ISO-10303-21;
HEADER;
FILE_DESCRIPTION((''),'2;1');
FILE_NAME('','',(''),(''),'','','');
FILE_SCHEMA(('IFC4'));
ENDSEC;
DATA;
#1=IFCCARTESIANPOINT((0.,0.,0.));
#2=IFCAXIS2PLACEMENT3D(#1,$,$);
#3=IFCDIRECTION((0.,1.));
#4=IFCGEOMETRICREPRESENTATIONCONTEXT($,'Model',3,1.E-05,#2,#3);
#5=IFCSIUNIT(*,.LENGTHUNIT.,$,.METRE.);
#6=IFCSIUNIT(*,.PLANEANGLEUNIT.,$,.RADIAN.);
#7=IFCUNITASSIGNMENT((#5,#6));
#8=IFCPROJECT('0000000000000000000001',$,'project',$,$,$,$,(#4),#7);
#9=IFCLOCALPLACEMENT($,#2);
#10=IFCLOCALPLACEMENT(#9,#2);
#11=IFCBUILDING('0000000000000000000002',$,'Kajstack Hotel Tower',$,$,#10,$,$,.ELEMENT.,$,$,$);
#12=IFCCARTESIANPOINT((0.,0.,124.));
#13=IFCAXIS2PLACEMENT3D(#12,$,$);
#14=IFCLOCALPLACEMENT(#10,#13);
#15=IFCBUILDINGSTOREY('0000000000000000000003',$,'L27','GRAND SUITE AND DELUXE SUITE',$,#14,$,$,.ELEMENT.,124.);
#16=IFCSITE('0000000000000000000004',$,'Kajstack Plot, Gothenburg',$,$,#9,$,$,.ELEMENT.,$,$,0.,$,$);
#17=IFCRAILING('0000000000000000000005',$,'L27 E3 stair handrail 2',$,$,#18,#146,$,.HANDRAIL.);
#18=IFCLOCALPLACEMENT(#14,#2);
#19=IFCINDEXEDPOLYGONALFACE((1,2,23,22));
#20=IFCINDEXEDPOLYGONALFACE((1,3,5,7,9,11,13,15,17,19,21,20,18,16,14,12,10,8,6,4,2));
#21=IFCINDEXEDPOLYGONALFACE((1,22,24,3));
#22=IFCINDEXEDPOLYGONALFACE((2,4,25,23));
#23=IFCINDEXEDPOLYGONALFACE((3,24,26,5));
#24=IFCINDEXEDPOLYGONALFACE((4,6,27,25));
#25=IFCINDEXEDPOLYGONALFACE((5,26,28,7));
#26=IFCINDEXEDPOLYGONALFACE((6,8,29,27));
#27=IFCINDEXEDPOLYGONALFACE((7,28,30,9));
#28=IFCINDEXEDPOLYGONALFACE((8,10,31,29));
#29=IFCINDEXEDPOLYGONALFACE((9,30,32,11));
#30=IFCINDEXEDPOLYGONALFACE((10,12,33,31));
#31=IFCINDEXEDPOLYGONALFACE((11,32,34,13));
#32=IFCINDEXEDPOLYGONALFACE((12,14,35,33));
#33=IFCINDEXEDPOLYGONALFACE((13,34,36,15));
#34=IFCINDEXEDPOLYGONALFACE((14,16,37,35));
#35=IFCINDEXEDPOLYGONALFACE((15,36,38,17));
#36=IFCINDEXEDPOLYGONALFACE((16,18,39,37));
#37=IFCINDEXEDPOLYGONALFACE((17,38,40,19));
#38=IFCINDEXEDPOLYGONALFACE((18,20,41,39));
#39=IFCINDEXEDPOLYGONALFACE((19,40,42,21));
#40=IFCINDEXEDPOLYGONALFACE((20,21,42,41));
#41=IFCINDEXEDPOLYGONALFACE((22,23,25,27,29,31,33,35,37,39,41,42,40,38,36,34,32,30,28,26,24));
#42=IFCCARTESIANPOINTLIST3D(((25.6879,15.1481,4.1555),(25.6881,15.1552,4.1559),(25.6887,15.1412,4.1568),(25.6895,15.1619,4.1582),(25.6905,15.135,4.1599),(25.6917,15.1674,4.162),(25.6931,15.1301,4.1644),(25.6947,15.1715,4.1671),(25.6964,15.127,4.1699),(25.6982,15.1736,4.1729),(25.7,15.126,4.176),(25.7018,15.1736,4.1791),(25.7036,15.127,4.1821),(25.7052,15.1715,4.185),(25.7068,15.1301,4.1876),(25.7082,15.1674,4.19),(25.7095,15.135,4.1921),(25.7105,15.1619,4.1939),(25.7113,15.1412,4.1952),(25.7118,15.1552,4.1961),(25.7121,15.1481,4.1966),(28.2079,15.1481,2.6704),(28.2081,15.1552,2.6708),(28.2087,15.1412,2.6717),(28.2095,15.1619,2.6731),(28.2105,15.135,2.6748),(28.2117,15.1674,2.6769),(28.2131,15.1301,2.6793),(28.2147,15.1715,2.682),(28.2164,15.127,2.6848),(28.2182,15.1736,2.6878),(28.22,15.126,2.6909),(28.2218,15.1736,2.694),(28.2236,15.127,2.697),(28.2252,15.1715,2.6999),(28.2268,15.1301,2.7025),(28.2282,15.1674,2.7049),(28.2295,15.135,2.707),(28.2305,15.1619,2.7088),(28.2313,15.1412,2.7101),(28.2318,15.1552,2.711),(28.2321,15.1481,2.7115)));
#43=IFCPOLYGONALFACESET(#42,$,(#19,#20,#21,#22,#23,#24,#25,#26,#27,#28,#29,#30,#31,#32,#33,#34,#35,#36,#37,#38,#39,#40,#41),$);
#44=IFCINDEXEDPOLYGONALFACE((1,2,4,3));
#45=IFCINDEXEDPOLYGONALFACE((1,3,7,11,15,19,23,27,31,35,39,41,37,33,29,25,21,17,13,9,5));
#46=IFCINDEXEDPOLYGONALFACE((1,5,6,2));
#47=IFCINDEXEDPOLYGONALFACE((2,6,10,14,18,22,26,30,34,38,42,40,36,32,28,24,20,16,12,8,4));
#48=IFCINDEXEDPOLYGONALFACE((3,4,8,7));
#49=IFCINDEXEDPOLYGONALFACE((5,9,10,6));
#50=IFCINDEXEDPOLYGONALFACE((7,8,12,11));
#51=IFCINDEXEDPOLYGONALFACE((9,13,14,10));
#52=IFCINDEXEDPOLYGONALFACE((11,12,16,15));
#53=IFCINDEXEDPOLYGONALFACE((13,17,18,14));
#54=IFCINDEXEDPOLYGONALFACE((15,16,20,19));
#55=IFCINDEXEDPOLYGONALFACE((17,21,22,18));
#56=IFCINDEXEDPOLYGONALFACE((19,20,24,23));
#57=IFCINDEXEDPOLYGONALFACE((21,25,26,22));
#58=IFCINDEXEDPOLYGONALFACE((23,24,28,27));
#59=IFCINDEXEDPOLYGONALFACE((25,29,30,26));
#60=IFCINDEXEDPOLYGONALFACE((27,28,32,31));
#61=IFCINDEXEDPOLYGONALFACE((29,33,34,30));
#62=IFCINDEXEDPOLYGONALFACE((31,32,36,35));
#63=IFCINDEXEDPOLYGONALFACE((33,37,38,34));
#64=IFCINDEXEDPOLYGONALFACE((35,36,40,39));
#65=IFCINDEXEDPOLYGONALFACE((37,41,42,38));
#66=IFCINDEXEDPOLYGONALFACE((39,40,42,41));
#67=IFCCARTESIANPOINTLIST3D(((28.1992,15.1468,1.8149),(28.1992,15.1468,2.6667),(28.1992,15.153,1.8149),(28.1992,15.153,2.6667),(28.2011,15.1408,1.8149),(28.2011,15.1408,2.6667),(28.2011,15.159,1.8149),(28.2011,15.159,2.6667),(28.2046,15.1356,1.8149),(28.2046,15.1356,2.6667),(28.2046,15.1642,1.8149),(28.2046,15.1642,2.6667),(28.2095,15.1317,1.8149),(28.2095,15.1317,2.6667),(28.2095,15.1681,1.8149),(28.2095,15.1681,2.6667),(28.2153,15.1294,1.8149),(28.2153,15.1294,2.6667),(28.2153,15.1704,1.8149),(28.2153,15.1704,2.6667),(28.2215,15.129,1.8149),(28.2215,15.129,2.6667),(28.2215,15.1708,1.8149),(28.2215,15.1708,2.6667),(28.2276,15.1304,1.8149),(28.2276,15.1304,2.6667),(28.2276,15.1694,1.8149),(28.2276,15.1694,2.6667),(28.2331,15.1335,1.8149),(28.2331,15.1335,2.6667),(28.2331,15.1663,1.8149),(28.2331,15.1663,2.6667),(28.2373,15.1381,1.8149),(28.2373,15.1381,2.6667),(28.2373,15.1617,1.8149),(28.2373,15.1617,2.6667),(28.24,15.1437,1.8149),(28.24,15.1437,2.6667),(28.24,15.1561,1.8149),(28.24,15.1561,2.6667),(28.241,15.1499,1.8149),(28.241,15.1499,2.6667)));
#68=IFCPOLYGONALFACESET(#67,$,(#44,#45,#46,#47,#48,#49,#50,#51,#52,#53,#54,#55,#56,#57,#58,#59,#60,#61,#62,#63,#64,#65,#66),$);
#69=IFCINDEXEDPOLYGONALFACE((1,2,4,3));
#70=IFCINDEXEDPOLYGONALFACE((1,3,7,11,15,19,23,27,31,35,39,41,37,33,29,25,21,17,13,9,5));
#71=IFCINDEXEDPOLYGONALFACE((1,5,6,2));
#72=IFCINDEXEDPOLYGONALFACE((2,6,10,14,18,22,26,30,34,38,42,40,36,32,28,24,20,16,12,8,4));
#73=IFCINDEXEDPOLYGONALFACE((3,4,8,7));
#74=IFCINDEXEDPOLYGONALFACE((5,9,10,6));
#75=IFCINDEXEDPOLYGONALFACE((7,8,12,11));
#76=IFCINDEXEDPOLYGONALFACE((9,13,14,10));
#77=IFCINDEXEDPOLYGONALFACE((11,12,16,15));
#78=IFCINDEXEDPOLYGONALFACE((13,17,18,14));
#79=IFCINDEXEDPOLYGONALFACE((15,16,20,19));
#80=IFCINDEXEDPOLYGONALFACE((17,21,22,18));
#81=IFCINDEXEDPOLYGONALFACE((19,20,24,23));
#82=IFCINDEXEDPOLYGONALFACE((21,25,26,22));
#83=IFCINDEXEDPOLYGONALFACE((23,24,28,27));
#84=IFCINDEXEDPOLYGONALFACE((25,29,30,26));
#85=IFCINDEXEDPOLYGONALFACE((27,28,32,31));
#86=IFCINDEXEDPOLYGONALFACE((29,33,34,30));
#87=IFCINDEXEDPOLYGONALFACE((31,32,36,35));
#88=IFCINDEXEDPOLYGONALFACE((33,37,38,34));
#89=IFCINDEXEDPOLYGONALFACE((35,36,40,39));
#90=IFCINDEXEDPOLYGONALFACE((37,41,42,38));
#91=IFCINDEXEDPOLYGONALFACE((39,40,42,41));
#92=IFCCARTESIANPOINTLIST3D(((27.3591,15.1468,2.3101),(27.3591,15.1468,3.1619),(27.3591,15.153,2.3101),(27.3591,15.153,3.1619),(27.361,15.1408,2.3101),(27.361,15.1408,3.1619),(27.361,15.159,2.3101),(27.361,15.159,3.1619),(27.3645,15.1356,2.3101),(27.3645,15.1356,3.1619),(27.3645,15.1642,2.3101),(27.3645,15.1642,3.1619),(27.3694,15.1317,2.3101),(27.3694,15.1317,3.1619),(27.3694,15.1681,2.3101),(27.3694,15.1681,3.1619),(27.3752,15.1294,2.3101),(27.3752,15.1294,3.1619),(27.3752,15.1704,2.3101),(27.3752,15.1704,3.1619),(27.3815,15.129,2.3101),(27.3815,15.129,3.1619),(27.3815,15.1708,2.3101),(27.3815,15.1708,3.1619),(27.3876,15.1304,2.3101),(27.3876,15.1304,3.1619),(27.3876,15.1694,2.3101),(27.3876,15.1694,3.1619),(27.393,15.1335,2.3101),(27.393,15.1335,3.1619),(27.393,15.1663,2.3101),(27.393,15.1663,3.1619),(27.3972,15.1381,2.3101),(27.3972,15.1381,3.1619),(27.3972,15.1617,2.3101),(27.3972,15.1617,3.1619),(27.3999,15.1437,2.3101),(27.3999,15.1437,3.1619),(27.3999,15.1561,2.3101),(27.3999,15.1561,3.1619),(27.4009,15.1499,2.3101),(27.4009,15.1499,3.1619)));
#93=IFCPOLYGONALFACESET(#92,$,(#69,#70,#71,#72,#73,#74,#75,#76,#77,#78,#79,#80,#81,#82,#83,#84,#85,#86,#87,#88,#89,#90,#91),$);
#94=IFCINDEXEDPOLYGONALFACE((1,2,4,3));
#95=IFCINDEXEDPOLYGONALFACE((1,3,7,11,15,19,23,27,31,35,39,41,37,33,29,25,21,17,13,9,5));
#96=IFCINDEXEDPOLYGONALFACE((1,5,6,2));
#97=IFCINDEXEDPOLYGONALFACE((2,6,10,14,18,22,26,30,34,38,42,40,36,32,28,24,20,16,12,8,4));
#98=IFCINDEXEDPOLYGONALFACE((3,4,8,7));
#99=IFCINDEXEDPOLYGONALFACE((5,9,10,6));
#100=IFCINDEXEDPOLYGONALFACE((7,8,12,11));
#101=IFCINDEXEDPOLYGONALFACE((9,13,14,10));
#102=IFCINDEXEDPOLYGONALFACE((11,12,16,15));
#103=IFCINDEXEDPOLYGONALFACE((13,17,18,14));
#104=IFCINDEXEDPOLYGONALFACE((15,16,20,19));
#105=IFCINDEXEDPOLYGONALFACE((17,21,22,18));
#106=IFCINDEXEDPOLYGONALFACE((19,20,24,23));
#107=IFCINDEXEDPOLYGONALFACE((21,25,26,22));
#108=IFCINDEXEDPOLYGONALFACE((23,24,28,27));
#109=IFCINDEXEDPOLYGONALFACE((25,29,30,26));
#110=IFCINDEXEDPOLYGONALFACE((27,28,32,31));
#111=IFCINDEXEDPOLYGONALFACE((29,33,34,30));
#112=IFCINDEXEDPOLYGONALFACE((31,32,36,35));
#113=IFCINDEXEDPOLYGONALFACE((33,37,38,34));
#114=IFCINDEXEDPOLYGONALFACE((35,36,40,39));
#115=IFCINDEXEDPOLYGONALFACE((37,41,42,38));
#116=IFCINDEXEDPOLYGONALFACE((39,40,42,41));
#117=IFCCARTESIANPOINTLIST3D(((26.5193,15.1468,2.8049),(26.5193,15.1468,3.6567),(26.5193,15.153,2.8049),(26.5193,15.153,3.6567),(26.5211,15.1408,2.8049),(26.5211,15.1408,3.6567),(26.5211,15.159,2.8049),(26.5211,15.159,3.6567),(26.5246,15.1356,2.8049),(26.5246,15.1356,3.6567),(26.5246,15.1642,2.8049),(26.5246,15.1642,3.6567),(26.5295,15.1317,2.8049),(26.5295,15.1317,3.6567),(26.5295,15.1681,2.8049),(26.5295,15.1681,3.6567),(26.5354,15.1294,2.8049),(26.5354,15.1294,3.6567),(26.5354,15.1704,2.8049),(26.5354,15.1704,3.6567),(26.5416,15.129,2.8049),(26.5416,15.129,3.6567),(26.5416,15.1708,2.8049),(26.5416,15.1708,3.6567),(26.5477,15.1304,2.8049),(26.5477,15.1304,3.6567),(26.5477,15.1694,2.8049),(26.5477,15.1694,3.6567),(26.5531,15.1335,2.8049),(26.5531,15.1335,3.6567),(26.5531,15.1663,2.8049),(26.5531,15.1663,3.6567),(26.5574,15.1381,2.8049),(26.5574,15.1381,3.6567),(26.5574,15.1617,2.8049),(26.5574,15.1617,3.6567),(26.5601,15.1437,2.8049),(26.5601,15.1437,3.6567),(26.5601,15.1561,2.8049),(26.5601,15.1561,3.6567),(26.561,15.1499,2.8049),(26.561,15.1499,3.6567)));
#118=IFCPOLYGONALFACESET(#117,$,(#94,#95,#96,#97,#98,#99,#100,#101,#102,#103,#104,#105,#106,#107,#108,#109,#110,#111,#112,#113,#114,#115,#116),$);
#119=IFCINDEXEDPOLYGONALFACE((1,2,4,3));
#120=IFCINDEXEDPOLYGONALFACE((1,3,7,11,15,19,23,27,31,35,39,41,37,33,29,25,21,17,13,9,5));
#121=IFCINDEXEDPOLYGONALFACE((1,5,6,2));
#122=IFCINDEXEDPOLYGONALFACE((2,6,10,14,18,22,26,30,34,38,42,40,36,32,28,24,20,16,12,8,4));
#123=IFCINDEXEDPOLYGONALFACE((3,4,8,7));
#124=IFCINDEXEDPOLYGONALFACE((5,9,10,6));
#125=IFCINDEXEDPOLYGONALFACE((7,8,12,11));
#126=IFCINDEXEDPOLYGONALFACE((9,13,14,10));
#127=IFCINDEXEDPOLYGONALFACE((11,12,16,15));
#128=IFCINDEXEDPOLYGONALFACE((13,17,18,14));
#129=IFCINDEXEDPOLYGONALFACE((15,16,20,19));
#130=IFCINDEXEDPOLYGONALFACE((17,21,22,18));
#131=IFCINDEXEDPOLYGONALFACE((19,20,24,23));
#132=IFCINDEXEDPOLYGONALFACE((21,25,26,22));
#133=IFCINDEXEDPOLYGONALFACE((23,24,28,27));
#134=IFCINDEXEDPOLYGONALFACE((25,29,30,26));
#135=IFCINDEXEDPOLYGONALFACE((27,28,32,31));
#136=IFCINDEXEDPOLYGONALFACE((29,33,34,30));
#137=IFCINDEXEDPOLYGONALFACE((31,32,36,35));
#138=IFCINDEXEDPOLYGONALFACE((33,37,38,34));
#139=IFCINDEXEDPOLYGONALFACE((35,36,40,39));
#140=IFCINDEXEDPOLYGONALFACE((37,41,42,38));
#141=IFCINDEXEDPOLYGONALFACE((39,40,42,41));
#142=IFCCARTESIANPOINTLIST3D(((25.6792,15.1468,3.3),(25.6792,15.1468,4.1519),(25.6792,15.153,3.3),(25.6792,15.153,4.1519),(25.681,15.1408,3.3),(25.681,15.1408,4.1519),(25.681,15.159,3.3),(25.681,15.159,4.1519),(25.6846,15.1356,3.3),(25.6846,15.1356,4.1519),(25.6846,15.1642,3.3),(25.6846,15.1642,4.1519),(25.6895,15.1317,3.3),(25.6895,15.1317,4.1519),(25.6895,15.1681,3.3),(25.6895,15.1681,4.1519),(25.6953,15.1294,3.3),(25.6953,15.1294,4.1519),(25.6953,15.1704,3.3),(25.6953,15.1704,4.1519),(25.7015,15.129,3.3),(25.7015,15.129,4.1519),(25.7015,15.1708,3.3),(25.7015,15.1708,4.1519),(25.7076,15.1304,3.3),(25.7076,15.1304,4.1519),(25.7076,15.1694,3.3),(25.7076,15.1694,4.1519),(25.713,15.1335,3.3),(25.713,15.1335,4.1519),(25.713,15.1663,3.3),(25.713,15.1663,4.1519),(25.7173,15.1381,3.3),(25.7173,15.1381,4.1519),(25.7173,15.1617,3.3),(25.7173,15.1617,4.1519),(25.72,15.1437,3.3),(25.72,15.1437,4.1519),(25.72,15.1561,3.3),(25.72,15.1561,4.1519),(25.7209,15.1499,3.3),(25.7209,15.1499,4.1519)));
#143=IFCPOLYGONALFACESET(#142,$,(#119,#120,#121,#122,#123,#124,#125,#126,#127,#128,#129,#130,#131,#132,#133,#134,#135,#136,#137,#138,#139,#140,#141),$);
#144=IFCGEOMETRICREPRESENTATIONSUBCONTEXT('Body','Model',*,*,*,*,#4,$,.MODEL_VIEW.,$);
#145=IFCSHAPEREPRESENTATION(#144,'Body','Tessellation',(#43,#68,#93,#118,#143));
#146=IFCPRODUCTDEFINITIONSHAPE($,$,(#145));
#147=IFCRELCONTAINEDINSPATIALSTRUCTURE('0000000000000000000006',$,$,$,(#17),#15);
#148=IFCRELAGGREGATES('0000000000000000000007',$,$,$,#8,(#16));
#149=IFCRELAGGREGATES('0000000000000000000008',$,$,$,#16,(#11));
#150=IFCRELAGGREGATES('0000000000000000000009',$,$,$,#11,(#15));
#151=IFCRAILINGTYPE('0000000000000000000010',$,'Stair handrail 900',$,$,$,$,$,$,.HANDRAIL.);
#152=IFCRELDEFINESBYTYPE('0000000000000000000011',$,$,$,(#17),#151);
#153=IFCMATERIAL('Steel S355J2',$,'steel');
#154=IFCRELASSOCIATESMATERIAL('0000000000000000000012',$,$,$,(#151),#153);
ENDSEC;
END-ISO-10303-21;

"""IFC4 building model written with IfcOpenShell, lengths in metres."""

from ifc_helpers import new_model, si_unit, direction, frame, origin, origin_2d, place, context, subcontext, project, spatial, circle, extrude, material, type_object, element, save


model = new_model("IFC4")

# Units and contexts
model_context = context("Model", 3, precision=1e-05, world=origin(), true_north=direction((0.0, 1.0)))
body_context = subcontext(model_context, "Body", "Model", "MODEL_VIEW")
ifc_project = project(units=[si_unit("LENGTHUNIT", "METRE"), si_unit("PLANEANGLEUNIT", "RADIAN")], contexts=[model_context])

# Site, building, storey
site_placement = place(None, origin())
site = spatial("IfcSite", under=ifc_project, at=site_placement, Name="Kajstack Plot, Gothenburg", CompositionType="ELEMENT", RefElevation=0.0)
building_placement = place(site_placement, origin())
building = spatial("IfcBuilding", under=site, at=building_placement, Name="Kajstack Hotel Tower", CompositionType="ELEMENT")
storey_placement = place(building_placement, frame((0.0, 0.0, 124.0)))
storey = spatial("IfcBuildingStorey", under=building, at=storey_placement, Name="L27", Description="GRAND SUITE AND DELUXE SUITE", CompositionType="ELEMENT", Elevation=124.0)

# Railing
ifc_material_1 = material(Name="Steel S355J2", Category="steel")
railing_type_1 = type_object("IfcRailingType", Name="Stair handrail 900", PredefinedType="HANDRAIL", material=ifc_material_1)
railing_1_placement = place(storey_placement, frame((28.22, 15.1499, 1.8149)))
element("IfcRailing", 1, at=railing_1_placement, inside=storey, type_object=railing_type_1, Name="L27 E3 stair handrail 2", PredefinedType="HANDRAIL", context=body_context, shape_type="SweptSolid", body=[
    extrude(circle(Radius=0.0239, at=origin_2d()), frame((0.0, 0.0, 0.876), z_axis=(-0.861524, 0.0, 0.507717), x_axis=(0.0, -1.0, 0.0)), (0.0, 0.0, 1.0), 2.925),
    extrude(circle(Radius=0.021, at=origin_2d()), origin(), (0.0, 0.0, 1.0), 0.8518),
    extrude(circle(Radius=0.021, at=origin_2d()), frame((-0.8401, 0.0, 0.4951)), (0.0, 0.0, 1.0), 0.8518),
    extrude(circle(Radius=0.021, at=origin_2d()), frame((-1.6799, 0.0, 0.99)), (0.0, 0.0, 1.0), 0.8518),
    extrude(circle(Radius=0.021, at=origin_2d()), frame((-2.52, 0.0, 1.4851)), (0.0, 0.0, 1.0), 0.8518),
])

save(model, "model.ifc")
